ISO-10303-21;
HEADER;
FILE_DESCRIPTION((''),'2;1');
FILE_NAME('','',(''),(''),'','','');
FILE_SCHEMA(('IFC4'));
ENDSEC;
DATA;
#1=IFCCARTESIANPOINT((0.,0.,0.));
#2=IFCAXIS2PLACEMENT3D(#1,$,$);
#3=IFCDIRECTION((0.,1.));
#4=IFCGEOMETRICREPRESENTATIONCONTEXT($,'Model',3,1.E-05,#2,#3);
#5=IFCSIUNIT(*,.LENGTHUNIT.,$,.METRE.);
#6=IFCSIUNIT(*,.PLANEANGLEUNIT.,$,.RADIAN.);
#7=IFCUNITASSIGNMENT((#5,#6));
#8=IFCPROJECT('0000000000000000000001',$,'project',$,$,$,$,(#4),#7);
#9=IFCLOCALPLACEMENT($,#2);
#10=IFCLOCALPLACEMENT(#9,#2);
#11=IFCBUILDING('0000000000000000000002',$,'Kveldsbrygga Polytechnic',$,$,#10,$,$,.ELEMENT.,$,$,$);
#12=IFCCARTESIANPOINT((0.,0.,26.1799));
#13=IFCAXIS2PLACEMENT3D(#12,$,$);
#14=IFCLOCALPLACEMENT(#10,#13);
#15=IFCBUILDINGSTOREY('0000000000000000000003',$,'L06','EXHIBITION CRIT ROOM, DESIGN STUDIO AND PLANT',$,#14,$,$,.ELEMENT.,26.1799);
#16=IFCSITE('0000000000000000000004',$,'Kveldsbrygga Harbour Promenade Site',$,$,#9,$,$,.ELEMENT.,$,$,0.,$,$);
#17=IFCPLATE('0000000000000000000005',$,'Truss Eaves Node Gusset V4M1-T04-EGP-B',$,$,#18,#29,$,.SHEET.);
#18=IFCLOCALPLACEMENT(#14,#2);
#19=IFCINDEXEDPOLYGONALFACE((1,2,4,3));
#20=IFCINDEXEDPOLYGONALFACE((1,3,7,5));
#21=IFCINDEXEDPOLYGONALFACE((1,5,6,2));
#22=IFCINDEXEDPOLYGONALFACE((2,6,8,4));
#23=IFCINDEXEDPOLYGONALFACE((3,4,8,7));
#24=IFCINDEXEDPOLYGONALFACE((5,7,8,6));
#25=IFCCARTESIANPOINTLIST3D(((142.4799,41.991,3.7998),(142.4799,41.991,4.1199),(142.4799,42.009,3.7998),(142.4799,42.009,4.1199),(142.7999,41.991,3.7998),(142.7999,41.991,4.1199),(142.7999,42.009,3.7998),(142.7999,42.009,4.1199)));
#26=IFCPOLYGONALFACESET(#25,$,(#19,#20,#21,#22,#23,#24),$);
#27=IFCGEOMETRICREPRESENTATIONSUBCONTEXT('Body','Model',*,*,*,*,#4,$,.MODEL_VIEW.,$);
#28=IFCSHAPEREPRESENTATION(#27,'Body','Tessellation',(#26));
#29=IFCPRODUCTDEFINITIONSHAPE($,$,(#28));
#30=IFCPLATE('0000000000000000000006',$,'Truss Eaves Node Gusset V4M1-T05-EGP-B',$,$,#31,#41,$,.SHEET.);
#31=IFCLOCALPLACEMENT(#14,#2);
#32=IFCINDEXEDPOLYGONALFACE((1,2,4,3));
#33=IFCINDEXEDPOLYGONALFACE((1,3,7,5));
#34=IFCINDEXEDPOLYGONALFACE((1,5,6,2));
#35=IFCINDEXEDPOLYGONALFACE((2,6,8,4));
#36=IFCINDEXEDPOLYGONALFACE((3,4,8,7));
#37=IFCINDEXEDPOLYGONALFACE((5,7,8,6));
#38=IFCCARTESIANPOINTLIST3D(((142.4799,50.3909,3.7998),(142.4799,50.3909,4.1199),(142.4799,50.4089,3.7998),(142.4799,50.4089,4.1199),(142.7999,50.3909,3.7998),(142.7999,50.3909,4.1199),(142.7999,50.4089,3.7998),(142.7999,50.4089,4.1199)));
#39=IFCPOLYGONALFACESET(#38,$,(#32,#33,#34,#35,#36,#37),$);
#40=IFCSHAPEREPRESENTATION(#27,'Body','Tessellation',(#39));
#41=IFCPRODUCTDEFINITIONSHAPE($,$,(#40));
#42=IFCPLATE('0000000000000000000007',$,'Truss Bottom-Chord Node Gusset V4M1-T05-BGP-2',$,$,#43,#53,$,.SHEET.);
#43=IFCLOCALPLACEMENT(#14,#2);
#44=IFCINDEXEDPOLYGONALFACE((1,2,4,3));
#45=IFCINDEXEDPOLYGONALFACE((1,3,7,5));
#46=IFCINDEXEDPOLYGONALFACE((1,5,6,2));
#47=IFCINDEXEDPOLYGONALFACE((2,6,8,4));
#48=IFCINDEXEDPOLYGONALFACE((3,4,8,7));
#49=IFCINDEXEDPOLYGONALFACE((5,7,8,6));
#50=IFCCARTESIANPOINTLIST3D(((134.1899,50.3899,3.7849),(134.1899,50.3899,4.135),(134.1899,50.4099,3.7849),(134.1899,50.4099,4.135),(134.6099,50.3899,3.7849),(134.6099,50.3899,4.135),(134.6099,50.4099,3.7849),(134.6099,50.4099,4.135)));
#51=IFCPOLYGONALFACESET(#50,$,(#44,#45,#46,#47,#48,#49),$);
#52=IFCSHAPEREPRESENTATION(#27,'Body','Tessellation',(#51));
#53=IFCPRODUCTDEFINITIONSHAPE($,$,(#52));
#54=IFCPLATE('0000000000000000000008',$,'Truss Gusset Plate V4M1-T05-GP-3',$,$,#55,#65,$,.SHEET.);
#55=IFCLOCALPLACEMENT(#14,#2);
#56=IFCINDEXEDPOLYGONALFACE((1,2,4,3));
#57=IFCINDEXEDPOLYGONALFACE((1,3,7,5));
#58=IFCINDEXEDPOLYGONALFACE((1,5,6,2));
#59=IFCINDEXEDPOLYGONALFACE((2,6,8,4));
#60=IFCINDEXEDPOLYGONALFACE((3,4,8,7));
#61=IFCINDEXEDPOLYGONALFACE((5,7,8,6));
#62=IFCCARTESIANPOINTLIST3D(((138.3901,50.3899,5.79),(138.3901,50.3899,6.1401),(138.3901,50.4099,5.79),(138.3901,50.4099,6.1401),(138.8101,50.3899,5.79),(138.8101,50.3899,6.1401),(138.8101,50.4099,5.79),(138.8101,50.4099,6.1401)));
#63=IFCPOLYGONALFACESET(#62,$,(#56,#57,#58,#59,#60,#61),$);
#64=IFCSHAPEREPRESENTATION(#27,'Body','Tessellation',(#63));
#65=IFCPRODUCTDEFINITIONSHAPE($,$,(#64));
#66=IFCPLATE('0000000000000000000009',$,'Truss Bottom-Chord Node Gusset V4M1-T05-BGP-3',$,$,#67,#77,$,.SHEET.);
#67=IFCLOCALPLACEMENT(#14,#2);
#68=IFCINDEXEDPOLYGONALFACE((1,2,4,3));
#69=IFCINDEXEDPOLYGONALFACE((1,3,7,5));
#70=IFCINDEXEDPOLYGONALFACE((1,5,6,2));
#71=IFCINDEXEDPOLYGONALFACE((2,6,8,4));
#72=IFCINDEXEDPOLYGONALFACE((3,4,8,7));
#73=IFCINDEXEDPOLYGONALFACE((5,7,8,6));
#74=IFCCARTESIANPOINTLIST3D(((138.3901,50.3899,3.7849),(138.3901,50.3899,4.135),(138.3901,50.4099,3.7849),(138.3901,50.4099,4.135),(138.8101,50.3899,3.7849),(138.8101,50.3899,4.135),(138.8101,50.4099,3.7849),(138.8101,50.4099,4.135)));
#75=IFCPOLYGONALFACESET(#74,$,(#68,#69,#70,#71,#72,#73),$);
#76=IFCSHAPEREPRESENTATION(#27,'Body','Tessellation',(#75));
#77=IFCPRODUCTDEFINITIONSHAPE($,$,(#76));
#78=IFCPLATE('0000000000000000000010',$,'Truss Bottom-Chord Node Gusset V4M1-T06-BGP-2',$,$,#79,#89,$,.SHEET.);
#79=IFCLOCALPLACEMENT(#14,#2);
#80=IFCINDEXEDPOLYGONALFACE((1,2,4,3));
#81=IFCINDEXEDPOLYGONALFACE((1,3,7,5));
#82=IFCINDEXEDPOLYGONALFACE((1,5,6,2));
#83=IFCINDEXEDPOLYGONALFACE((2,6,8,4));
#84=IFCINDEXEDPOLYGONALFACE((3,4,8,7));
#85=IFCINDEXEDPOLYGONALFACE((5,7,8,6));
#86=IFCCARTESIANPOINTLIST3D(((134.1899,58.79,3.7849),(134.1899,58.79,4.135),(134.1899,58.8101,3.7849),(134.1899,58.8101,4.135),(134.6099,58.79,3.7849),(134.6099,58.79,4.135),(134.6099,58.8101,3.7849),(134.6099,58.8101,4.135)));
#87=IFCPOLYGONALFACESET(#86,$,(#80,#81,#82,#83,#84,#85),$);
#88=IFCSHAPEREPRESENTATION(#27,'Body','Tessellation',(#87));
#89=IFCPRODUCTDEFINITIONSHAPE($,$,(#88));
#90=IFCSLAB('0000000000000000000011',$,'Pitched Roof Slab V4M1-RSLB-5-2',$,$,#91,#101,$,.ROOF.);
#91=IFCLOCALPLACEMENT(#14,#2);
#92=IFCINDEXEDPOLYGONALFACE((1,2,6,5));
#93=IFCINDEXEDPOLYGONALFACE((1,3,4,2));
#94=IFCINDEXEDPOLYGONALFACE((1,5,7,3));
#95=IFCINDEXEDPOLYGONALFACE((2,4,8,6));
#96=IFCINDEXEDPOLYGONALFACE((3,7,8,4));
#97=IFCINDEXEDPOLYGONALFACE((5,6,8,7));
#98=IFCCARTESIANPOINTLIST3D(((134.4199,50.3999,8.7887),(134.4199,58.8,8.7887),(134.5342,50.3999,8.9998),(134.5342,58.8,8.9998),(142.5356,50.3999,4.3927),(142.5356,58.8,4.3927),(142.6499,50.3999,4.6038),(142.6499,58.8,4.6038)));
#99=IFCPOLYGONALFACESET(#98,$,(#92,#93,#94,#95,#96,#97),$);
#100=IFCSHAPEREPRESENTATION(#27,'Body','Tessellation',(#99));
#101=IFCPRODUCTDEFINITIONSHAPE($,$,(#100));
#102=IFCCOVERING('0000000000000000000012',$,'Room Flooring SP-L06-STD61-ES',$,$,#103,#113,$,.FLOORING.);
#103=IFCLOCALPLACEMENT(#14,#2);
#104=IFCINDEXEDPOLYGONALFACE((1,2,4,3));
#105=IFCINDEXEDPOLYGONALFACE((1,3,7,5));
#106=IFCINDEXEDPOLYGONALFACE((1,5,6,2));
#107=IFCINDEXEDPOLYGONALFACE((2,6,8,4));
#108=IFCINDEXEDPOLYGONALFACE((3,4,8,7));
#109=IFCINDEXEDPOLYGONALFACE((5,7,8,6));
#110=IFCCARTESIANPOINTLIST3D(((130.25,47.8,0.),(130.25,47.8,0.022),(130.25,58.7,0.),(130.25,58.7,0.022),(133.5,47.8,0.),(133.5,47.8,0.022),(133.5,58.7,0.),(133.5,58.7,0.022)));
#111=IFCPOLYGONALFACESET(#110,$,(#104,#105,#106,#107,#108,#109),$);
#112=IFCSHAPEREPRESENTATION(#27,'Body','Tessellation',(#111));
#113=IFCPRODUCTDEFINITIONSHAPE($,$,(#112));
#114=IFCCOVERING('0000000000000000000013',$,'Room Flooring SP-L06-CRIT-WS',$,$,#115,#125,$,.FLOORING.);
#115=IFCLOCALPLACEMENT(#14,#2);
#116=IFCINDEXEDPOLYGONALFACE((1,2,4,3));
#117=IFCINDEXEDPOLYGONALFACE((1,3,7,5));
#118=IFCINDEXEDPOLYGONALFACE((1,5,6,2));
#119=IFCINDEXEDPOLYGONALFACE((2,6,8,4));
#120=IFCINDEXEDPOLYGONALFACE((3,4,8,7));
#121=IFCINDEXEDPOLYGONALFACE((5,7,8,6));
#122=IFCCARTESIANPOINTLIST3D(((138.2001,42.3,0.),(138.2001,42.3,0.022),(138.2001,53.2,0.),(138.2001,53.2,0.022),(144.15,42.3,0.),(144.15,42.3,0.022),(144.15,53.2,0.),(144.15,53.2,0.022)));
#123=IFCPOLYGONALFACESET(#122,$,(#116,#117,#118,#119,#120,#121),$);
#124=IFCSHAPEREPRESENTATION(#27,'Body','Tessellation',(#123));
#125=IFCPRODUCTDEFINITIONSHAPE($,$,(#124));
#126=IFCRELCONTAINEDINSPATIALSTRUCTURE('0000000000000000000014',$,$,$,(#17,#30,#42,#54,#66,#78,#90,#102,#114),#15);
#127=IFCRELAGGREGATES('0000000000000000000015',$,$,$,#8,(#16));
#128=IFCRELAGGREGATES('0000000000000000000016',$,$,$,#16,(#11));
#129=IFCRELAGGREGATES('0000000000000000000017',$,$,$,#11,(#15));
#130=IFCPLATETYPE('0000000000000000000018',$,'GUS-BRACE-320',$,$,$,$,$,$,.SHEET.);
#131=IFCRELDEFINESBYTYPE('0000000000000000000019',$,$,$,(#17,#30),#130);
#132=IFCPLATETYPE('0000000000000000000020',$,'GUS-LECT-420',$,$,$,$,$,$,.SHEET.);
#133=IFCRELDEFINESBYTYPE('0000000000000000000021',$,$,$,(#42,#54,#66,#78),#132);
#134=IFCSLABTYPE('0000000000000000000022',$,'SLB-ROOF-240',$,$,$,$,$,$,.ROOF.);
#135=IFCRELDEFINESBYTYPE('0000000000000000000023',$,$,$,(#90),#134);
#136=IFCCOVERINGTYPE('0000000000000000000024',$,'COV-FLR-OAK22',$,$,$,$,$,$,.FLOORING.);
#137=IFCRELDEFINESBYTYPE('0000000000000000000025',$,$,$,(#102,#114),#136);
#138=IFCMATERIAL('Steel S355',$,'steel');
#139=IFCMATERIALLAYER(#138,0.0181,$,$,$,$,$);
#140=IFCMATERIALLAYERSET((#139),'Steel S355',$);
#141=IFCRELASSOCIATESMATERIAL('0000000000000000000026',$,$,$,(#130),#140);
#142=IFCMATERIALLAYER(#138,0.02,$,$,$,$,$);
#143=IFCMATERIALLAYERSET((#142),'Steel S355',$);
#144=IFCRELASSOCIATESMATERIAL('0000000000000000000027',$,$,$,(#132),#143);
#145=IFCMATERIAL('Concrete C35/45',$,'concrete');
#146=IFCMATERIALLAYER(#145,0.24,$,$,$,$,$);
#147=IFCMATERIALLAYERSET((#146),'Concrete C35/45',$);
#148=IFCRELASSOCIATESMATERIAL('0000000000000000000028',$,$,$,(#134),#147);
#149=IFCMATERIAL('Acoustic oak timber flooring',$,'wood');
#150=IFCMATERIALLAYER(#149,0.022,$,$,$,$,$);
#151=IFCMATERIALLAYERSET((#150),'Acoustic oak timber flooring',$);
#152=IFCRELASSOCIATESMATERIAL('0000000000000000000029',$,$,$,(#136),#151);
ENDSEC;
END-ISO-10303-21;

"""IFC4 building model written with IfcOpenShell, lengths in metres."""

from ifc_helpers import new_model, si_unit, direction, frame, origin, origin_2d, place, context, subcontext, project, spatial, polyline, rectangle, outline, extrude, material, layer, layer_set, type_object, element, save


model = new_model("IFC4")

# Units and contexts
model_context = context("Model", 3, precision=1e-05, world=origin(), true_north=direction((0.0, 1.0)))
body_context = subcontext(model_context, "Body", "Model", "MODEL_VIEW")
ifc_project = project(units=[si_unit("LENGTHUNIT", "METRE"), si_unit("PLANEANGLEUNIT", "RADIAN")], contexts=[model_context])

# Site, building, storey
site_placement = place(None, origin())
site = spatial("IfcSite", under=ifc_project, at=site_placement, Name="Kveldsbrygga Harbour Promenade Site", CompositionType="ELEMENT", RefElevation=0.0)
building_placement = place(site_placement, origin())
building = spatial("IfcBuilding", under=site, at=building_placement, Name="Kveldsbrygga Polytechnic", CompositionType="ELEMENT")
storey_placement = place(building_placement, frame((0.0, 0.0, 26.1799)))
storey = spatial("IfcBuildingStorey", under=building, at=storey_placement, Name="L06", Description="EXHIBITION CRIT ROOM, DESIGN STUDIO AND PLANT", CompositionType="ELEMENT", Elevation=26.1799)

# Shared definitions
ifc_material_1 = material(Name="Steel S355", Category="steel")

# Plates
ifc_layer_1 = layer(ifc_material_1, 0.0181)
ifc_layer_set_1 = layer_set([ifc_layer_1], Name="Steel S355")
plate_type_1 = type_object("IfcPlateType", Name="GUS-BRACE-320", PredefinedType="SHEET", material=ifc_layer_set_1)
for number, where, z_axis, x_axis, name in (
    (1, (142.6399, 42.0, 3.7998), (0.0, 0.0, 1.0), (1.0, 0.0, 0.0), "Truss Eaves Node Gusset V4M1-T04-EGP-B"),
    (2, (142.6399, 50.3999, 3.7998), (0.0, 0.0, 1.0), (1.0, 0.0, 0.0), "Truss Eaves Node Gusset V4M1-T05-EGP-B"),
):
    element("IfcPlate", number, at=place(storey_placement, frame(where, z_axis=z_axis, x_axis=x_axis)), inside=storey, type_object=plate_type_1, Name=name, PredefinedType="SHEET", context=body_context, shape_type="SweptSolid", body=[
        extrude(rectangle(XDim=0.3201, YDim=0.0181, at=origin_2d()), origin(), (0.0, 0.0, 1.0), 0.3201),
    ])
ifc_layer_2 = layer(ifc_material_1, 0.02)
ifc_layer_set_2 = layer_set([ifc_layer_2], Name="Steel S355")
plate_type_2 = type_object("IfcPlateType", Name="GUS-LECT-420", PredefinedType="SHEET", material=ifc_layer_set_2)
for number, where, z_axis, x_axis, name in (
    (3, (134.3999, 50.3999, 3.7849), (0.0, 0.0, 1.0), (1.0, 0.0, 0.0), "Truss Bottom-Chord Node Gusset V4M1-T05-BGP-2"),
    (4, (138.6001, 50.3999, 5.79), (0.0, 0.0, 1.0), (1.0, 0.0, 0.0), "Truss Gusset Plate V4M1-T05-GP-3"),
    (5, (138.6001, 50.3999, 3.7849), (0.0, 0.0, 1.0), (1.0, 0.0, 0.0), "Truss Bottom-Chord Node Gusset V4M1-T05-BGP-3"),
    (6, (134.3999, 58.8, 3.7849), (0.0, 0.0, 1.0), (1.0, 0.0, 0.0), "Truss Bottom-Chord Node Gusset V4M1-T06-BGP-2"),
):
    element("IfcPlate", number, at=place(storey_placement, frame(where, z_axis=z_axis, x_axis=x_axis)), inside=storey, type_object=plate_type_2, Name=name, PredefinedType="SHEET", context=body_context, shape_type="SweptSolid", body=[
        extrude(rectangle(XDim=0.4199, YDim=0.02, at=origin_2d()), origin(), (0.0, 0.0, 1.0), 0.3501),
    ])

# Slab
ifc_material_2 = material(Name="Concrete C35/45", Category="concrete")
ifc_layer_3 = layer(ifc_material_2, 0.24)
ifc_layer_set_3 = layer_set([ifc_layer_3], Name="Concrete C35/45")
slab_type = type_object("IfcSlabType", Name="SLB-ROOF-240", PredefinedType="ROOF", material=ifc_layer_set_3)
slab_placement = place(storey_placement, frame((134.5342, 50.3999, 8.9998), z_axis=(0.476281, 0.0, 0.879293), x_axis=(0.879293, 0.0, -0.476281)))
element("IfcSlab", 7, at=slab_placement, inside=storey, type_object=slab_type, Name="Pitched Roof Slab V4M1-RSLB-5-2", PredefinedType="ROOF", context=body_context, shape_type="SweptSolid", body=[
    extrude(outline(polyline([(0.0, 0.0), (9.2298, 0.0), (9.2298, 8.4001), (0.0, 8.4001), (0.0, 0.0)])), origin(), (0.0, 0.0, -1.0), 0.24),
])

# Coverings
ifc_material_3 = material(Name="Acoustic oak timber flooring", Category="wood")
ifc_layer_4 = layer(ifc_material_3, 0.022)
ifc_layer_set_4 = layer_set([ifc_layer_4], Name="Acoustic oak timber flooring")
covering_type = type_object("IfcCoveringType", Name="COV-FLR-OAK22", PredefinedType="FLOORING", material=ifc_layer_set_4)
covering_1_placement = place(storey_placement, frame((131.875, 53.25, 0.0), z_axis=(0.0, 0.0, 1.0), x_axis=(1.0, 0.0, 0.0)))
element("IfcCovering", 8, at=covering_1_placement, inside=storey, type_object=covering_type, Name="Room Flooring SP-L06-STD61-ES", PredefinedType="FLOORING", context=body_context, shape_type="SweptSolid", body=[
    extrude(rectangle(XDim=3.25, YDim=10.8999, at=origin_2d()), origin(), (0.0, 0.0, 1.0), 0.022),
])
covering_2_placement = place(storey_placement, frame((141.175, 47.75, 0.0), z_axis=(0.0, 0.0, 1.0), x_axis=(1.0, 0.0, 0.0)))
element("IfcCovering", 9, at=covering_2_placement, inside=storey, type_object=covering_type, Name="Room Flooring SP-L06-CRIT-WS", PredefinedType="FLOORING", context=body_context, shape_type="SweptSolid", body=[
    extrude(rectangle(XDim=5.95, YDim=10.8999, at=origin_2d()), origin(), (0.0, 0.0, 1.0), 0.022),
])

save(model, "model.ifc")
